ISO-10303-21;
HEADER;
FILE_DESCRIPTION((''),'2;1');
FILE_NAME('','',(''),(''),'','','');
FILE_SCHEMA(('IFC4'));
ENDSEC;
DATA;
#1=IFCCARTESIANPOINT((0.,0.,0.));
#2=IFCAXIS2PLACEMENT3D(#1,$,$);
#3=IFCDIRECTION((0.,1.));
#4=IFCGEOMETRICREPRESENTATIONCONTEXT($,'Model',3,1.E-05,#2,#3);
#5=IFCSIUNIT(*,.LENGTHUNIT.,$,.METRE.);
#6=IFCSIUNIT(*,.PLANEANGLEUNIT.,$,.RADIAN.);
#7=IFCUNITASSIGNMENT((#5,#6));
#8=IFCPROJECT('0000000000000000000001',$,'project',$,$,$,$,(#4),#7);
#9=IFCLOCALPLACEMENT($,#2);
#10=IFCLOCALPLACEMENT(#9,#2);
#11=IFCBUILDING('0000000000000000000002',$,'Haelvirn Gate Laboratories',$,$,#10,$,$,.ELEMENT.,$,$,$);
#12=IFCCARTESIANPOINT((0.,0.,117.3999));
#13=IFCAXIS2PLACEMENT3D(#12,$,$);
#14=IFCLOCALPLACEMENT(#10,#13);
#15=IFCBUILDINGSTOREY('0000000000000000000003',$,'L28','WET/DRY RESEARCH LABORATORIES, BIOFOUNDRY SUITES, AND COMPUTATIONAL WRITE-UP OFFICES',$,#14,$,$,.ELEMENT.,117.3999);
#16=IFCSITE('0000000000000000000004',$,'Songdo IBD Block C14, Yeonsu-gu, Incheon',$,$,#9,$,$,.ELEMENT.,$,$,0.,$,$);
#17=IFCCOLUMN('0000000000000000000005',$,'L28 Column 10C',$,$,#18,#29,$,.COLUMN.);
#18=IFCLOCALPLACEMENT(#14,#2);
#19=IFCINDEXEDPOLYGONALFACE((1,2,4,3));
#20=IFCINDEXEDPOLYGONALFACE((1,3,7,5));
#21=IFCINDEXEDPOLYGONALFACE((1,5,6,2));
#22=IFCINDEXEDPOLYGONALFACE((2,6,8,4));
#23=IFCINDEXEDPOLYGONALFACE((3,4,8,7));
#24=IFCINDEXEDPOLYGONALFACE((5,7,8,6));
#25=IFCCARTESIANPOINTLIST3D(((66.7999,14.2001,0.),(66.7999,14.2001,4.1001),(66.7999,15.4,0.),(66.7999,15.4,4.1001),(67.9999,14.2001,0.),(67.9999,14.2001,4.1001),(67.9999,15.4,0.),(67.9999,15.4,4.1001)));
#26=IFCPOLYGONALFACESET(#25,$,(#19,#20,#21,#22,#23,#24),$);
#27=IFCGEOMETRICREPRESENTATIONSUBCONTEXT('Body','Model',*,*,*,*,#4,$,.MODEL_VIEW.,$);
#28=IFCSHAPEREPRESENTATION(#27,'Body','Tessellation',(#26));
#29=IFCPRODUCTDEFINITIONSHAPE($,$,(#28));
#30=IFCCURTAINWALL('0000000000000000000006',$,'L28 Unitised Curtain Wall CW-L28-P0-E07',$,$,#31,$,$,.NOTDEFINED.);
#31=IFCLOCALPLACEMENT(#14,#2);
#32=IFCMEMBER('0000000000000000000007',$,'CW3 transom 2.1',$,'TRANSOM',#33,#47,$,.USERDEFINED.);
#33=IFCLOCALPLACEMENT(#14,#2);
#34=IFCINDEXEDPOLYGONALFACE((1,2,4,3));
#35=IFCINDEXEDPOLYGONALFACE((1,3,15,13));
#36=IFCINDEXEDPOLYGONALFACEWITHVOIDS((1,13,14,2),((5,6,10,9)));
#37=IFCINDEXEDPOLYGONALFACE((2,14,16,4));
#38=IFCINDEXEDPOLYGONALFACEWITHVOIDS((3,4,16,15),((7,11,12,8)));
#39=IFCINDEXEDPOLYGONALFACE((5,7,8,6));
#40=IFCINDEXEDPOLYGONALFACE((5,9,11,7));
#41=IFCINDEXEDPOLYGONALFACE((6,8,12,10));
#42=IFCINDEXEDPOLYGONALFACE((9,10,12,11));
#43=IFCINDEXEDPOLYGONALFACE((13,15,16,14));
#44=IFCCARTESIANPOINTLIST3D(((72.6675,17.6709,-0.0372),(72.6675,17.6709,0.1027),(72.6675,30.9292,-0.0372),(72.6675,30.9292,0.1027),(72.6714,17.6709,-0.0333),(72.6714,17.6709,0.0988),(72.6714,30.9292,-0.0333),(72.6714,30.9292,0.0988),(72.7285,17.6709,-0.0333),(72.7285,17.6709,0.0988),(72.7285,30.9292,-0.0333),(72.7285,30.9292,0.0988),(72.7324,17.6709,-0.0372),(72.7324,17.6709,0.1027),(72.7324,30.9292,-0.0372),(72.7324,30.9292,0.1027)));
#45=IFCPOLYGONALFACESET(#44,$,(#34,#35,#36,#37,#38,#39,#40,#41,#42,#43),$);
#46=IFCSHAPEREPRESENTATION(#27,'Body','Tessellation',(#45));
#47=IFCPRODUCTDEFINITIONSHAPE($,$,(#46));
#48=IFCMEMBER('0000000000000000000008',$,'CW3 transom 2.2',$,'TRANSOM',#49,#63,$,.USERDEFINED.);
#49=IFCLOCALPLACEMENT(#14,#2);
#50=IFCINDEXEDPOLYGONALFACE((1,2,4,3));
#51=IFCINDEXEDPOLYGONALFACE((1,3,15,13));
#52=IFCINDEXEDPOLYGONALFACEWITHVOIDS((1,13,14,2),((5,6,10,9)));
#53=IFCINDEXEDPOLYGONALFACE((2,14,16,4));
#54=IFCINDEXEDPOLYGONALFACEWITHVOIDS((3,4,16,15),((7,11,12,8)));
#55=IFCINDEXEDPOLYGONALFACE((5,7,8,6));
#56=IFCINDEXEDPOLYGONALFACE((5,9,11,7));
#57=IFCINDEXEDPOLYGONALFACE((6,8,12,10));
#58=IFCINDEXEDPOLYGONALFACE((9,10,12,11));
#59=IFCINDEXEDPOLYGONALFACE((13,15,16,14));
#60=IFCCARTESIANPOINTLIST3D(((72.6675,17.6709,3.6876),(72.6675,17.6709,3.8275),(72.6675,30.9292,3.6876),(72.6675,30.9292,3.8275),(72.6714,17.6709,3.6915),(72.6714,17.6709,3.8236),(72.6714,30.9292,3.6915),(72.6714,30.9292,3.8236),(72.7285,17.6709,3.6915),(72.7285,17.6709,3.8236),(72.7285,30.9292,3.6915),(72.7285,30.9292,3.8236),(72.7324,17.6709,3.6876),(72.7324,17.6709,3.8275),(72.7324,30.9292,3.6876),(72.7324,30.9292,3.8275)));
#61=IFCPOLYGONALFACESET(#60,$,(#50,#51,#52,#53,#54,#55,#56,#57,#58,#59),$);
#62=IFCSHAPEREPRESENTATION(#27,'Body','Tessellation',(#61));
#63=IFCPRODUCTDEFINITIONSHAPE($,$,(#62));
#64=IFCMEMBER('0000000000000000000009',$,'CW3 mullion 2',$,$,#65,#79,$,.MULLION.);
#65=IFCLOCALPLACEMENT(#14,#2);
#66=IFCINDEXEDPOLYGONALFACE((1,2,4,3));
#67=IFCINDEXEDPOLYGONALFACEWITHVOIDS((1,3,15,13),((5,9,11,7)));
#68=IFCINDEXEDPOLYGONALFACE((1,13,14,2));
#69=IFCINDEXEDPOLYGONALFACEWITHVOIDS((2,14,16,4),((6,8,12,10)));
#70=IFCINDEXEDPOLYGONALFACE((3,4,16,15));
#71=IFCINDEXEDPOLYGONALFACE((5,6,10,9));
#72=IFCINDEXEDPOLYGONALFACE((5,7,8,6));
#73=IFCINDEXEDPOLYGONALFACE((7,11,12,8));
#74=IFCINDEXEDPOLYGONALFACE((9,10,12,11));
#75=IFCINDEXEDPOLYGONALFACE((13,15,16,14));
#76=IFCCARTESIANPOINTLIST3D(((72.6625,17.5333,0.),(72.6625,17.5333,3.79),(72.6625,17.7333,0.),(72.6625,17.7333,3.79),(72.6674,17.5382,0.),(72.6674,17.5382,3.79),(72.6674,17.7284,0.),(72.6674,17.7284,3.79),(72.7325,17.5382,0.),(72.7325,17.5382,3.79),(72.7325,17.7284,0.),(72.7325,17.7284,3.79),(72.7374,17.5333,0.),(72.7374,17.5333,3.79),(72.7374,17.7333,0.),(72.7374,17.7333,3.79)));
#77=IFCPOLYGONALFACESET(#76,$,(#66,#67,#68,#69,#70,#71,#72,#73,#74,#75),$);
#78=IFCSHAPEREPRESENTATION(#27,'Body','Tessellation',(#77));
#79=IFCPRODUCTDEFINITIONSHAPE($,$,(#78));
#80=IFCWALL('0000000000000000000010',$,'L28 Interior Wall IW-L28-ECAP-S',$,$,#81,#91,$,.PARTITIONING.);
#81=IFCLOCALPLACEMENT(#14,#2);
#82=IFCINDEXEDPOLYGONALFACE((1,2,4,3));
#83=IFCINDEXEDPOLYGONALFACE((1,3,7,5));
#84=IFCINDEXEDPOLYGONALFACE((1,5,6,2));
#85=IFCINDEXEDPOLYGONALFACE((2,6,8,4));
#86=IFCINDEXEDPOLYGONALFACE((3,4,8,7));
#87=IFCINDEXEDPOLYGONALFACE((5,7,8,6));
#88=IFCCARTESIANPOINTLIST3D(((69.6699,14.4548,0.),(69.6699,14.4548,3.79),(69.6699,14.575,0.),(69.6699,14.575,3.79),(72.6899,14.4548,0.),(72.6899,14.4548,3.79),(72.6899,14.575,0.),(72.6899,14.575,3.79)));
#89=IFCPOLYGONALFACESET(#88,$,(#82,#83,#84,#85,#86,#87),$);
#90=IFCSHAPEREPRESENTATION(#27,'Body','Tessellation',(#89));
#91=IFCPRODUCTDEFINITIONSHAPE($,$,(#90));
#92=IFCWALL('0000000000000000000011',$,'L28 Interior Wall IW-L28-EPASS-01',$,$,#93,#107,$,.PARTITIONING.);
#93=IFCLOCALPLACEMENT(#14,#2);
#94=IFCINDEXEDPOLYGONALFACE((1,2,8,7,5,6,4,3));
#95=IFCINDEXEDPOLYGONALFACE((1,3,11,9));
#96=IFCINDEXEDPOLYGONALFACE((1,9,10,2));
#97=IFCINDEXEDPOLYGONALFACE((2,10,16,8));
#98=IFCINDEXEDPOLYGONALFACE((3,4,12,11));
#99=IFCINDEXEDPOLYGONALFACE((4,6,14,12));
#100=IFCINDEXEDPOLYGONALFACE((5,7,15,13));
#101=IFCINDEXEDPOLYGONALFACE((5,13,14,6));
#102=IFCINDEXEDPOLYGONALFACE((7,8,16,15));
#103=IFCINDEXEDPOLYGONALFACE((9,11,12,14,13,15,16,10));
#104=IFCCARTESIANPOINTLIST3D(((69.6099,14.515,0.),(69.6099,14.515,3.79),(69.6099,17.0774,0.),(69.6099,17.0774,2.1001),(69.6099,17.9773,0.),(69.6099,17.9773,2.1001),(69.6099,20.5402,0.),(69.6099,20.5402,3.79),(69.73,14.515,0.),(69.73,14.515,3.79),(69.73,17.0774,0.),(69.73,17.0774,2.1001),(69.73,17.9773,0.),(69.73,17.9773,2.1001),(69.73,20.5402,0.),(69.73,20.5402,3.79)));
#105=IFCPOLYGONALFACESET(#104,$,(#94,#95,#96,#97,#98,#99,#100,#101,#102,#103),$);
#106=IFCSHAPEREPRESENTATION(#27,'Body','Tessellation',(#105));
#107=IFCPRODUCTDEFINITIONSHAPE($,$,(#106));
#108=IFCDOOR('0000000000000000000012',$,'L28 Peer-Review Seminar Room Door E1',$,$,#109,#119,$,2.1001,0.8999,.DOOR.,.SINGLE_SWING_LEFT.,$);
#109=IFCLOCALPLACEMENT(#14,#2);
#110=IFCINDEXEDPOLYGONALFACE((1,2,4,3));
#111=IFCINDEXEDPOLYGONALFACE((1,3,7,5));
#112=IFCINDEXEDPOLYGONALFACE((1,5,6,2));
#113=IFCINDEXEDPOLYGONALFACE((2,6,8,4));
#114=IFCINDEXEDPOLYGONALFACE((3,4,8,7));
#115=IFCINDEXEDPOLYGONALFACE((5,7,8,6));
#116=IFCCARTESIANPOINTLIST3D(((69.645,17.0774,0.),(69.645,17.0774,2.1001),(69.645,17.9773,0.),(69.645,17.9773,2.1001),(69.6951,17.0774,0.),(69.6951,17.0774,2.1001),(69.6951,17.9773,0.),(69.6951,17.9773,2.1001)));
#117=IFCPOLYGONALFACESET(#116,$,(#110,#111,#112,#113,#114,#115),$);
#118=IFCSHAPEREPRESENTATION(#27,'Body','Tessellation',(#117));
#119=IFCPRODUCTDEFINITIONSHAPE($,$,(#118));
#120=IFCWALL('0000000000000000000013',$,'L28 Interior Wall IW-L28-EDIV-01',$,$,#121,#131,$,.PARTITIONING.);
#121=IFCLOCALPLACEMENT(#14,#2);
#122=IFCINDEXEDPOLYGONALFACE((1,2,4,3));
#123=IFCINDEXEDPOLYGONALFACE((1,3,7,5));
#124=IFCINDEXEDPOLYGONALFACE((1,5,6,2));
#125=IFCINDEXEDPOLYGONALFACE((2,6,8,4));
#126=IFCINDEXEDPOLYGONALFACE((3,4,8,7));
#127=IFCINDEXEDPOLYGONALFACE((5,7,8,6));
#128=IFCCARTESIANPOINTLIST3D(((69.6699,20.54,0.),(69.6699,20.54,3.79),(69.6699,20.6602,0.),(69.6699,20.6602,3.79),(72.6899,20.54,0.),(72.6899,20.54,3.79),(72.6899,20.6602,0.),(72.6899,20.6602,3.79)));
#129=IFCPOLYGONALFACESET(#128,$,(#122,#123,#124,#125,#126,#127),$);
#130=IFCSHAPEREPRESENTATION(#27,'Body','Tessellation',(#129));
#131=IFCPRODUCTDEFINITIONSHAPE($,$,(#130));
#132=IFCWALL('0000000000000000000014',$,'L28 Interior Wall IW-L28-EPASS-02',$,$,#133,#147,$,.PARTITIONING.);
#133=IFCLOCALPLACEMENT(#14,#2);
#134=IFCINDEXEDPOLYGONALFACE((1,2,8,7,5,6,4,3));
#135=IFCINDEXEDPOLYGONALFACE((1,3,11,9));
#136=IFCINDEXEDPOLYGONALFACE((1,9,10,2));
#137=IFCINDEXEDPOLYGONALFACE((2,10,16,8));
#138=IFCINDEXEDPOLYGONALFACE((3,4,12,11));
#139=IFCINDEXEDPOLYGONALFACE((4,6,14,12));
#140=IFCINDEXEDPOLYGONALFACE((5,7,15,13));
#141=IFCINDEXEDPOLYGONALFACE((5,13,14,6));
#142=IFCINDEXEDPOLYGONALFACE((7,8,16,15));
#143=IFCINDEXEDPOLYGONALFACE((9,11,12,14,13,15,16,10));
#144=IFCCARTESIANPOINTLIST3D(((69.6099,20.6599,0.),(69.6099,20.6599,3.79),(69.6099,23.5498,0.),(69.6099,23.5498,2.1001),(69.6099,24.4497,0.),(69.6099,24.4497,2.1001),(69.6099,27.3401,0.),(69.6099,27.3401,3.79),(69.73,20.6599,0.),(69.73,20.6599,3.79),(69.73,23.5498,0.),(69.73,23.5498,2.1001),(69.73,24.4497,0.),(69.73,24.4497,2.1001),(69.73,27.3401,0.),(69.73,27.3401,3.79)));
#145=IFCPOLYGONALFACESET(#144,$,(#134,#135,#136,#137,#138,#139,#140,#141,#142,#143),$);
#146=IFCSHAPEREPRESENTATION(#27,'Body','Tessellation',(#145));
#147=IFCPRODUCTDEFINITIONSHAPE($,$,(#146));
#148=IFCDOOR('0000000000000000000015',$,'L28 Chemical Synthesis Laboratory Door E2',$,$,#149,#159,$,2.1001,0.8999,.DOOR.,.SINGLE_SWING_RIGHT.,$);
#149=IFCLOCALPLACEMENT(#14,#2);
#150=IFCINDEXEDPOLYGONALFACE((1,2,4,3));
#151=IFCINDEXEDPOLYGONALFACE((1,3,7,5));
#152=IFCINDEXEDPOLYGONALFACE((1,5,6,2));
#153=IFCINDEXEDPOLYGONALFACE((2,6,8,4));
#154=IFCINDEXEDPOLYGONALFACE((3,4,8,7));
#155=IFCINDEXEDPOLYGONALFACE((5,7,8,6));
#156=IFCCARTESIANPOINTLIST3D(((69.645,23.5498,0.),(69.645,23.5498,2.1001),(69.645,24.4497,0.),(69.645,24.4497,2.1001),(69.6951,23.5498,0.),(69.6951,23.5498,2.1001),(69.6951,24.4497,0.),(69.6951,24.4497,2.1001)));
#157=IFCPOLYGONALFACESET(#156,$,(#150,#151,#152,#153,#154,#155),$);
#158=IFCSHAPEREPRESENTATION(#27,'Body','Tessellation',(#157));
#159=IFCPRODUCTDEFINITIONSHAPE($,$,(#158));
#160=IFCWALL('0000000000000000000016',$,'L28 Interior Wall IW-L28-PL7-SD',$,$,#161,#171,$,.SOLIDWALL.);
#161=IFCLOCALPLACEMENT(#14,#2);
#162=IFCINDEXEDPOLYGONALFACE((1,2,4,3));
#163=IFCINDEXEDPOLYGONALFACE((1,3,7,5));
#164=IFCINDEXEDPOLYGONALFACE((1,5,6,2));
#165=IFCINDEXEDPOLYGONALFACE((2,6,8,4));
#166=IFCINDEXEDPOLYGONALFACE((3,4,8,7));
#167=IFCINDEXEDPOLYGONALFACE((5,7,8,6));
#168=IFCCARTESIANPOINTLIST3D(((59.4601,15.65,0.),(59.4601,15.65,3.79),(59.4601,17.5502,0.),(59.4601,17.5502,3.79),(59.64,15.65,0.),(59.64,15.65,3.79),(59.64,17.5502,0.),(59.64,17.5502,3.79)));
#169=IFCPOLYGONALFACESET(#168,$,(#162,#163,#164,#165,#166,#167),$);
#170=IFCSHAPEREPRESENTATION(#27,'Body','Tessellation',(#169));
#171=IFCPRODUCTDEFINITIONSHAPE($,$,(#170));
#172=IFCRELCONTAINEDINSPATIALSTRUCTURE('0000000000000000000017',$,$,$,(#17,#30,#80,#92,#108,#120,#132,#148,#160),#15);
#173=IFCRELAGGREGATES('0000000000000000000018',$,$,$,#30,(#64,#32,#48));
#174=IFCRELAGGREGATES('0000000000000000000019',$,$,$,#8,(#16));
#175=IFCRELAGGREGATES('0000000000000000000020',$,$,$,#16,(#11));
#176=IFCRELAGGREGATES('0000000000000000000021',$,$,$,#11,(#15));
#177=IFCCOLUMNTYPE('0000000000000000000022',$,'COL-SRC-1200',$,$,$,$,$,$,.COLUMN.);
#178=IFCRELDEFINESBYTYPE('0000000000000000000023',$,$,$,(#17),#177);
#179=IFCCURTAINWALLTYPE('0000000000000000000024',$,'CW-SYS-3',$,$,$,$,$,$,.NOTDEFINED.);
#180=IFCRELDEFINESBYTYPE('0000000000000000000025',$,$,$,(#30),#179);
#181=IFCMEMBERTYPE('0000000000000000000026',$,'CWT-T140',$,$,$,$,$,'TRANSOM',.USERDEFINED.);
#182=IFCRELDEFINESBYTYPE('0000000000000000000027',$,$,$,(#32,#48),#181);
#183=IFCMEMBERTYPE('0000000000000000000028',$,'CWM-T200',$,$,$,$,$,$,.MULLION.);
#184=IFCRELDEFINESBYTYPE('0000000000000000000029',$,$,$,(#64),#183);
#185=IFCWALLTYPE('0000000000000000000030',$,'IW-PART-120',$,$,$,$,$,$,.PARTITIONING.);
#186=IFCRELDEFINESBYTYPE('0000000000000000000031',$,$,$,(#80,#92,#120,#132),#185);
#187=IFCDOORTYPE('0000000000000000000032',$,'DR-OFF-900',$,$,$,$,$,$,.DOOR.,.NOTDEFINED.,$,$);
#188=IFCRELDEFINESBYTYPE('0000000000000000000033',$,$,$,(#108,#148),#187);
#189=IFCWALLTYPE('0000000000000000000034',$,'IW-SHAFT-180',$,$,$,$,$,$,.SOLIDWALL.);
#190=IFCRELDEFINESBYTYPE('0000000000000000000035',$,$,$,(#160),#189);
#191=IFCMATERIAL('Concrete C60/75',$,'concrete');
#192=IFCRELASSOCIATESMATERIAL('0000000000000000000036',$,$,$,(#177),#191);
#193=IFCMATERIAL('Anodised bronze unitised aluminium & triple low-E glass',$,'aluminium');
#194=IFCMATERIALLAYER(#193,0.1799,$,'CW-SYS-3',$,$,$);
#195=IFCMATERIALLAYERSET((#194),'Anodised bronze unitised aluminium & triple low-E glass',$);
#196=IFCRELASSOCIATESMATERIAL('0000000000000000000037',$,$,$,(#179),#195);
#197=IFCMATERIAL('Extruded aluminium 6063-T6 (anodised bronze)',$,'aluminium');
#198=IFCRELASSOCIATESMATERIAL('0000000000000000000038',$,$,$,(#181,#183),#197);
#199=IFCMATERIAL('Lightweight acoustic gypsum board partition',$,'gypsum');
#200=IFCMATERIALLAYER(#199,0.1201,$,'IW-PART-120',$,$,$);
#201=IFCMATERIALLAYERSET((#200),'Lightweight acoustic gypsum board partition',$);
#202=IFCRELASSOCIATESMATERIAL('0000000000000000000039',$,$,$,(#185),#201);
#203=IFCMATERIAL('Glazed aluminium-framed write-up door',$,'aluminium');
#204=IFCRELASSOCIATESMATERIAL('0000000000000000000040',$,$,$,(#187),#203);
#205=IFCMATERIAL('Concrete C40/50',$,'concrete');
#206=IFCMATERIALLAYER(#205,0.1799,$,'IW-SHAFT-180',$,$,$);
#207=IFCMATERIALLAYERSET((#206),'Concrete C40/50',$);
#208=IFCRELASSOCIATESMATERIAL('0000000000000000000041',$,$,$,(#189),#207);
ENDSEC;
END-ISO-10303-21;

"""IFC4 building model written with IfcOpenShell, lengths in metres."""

from ifc_helpers import new_model, si_unit, direction, frame, frame_2d, origin, origin_2d, place, context, subcontext, project, spatial, rectangle, hollow_rectangle, extrude, source, transform, mapped, material, layer, layer_set, material_profile, profile_set, type_object, type_shapes, element, fill, aggregate, save


model = new_model("IFC4")

# Units and contexts
model_context = context("Model", 3, precision=1e-05, world=origin(), true_north=direction((0.0, 1.0)))
body_context = subcontext(model_context, "Body", "Model", "MODEL_VIEW")
ifc_project = project(units=[si_unit("LENGTHUNIT", "METRE"), si_unit("PLANEANGLEUNIT", "RADIAN")], contexts=[model_context])

# Site, building, storey
site_placement = place(None, origin())
site = spatial("IfcSite", under=ifc_project, at=site_placement, Name="Songdo IBD Block C14, Yeonsu-gu, Incheon", CompositionType="ELEMENT", RefElevation=0.0)
building_placement = place(site_placement, origin())
building = spatial("IfcBuilding", under=site, at=building_placement, Name="Haelvirn Gate Laboratories", CompositionType="ELEMENT")
storey_placement = place(building_placement, frame((0.0, 0.0, 117.3999)))
storey = spatial("IfcBuildingStorey", under=building, at=storey_placement, Name="L28", Description="WET/DRY RESEARCH LABORATORIES, BIOFOUNDRY SUITES, AND COMPUTATIONAL WRITE-UP OFFICES", CompositionType="ELEMENT", Elevation=117.3999)

# Column
ifc_material_1 = material(Name="Concrete C60/75", Category="concrete")
ifc_material_profile_1 = material_profile(ifc_material_1, rectangle(XDim=1.2, YDim=1.2, at=origin_2d()), Name="SRC-1200x1200")
ifc_profile_set_1 = profile_set([ifc_material_profile_1], Name="Concrete C60/75")
column_type = type_object("IfcColumnType", Name="COL-SRC-1200", PredefinedType="COLUMN", material=ifc_profile_set_1)
shared_shape_1 = source(origin(), body_context, "Body", "SweptSolid", [
    extrude(rectangle(XDim=1.2, YDim=1.2, at=origin_2d()), origin(), (0.0, 0.0, 1.0), 4.1001),
])
type_shapes(column_type, [shared_shape_1])
column_placement = place(storey_placement, frame((67.3999, 14.8, 0.0), z_axis=(0.0, 0.0, 1.0), x_axis=(1.0, 0.0, 0.0)))
element("IfcColumn", 1, at=column_placement, inside=storey, type_object=column_type, Name="L28 Column 10C", PredefinedType="COLUMN", context=body_context, shape_type="MappedRepresentation", body=[
    mapped(shared_shape_1, transform((0.0, 0.0, 0.0), scale=1.0)),
])

# Curtain wall, members
ifc_material_2 = material(Name="Anodised bronze unitised aluminium & triple low-E glass", Category="aluminium")
ifc_layer_1 = layer(ifc_material_2, 0.1799, Name="CW-SYS-3")
ifc_layer_set_1 = layer_set([ifc_layer_1], Name="Anodised bronze unitised aluminium & triple low-E glass")
curtain_wall_type = type_object("IfcCurtainWallType", Name="CW-SYS-3", PredefinedType="NOTDEFINED", material=ifc_layer_set_1)
curtain_wall_placement = place(storey_placement, origin())
curtain_wall = element("IfcCurtainWall", 2, at=curtain_wall_placement, inside=storey, type_object=curtain_wall_type, Name="L28 Unitised Curtain Wall CW-L28-P0-E07", PredefinedType="NOTDEFINED")
ifc_material_3 = material(Name="Extruded aluminium 6063-T6 (anodised bronze)", Category="aluminium")
ifc_material_profile_2 = material_profile(ifc_material_3, hollow_rectangle(XDim=0.0649, YDim=0.1399, WallThickness=0.0039, at=origin_2d()), Name="CWT-140x65x4")
ifc_profile_set_2 = profile_set([ifc_material_profile_2], Name="Extruded aluminium 6063-T6 (anodised bronze)")
member_type_1 = type_object("IfcMemberType", Name="CWT-T140", ElementType="TRANSOM", PredefinedType="USERDEFINED", material=ifc_profile_set_2)
shared_shape_2 = source(origin(), body_context, "Body", "SweptSolid", [
    extrude(hollow_rectangle(XDim=0.0649, YDim=0.1399, WallThickness=0.0039, at=origin_2d()), origin(), (0.0, 0.0, 1.0), 13.2583),
])
type_shapes(member_type_1, [shared_shape_2])
member_1_placement = place(storey_placement, frame((72.7, 17.6709, 0.0327), z_axis=(0.0, 1.0, 0.0), x_axis=(-1.0, 0.0, 0.0)))
member_1 = element("IfcMember", 3, at=member_1_placement, type_object=member_type_1, Name="CW3 transom 2.1", ObjectType="TRANSOM", PredefinedType="USERDEFINED", context=body_context, shape_type="MappedRepresentation", body=[
    mapped(shared_shape_2, transform((0.0, 0.0, 0.0), scale=1.0)),
])
member_2_placement = place(storey_placement, frame((72.7, 17.6709, 3.7576), z_axis=(0.0, 1.0, 0.0), x_axis=(-1.0, 0.0, 0.0)))
member_2 = element("IfcMember", 4, at=member_2_placement, type_object=member_type_1, Name="CW3 transom 2.2", ObjectType="TRANSOM", PredefinedType="USERDEFINED", context=body_context, shape_type="MappedRepresentation", body=[
    mapped(shared_shape_2, transform((0.0, 0.0, 0.0), scale=1.0)),
])
ifc_material_profile_3 = material_profile(ifc_material_3, hollow_rectangle(XDim=0.075, YDim=0.2, WallThickness=0.0049, at=origin_2d()), Name="CWM-200x75x5")
ifc_profile_set_3 = profile_set([ifc_material_profile_3], Name="Extruded aluminium 6063-T6 (anodised bronze)")
member_type_2 = type_object("IfcMemberType", Name="CWM-T200", PredefinedType="MULLION", material=ifc_profile_set_3)
shared_shape_3 = source(origin(), body_context, "Body", "SweptSolid", [
    extrude(hollow_rectangle(XDim=0.075, YDim=0.2, WallThickness=0.0049, at=origin_2d()), origin(), (0.0, 0.0, 1.0), 3.79),
])
type_shapes(member_type_2, [shared_shape_3])
member_3_placement = place(storey_placement, frame((72.7, 17.6333, 0.0), z_axis=(0.0, 0.0, 1.0), x_axis=(-1.0, 0.0, 0.0)))
member_3 = element("IfcMember", 5, at=member_3_placement, type_object=member_type_2, Name="CW3 mullion 2", PredefinedType="MULLION", context=body_context, shape_type="MappedRepresentation", body=[
    mapped(shared_shape_3, transform((0.0, 0.0, 0.0), scale=1.0)),
])
aggregate(curtain_wall, [member_3, member_1, member_2])

# Wall
ifc_material_4 = material(Name="Lightweight acoustic gypsum board partition", Category="gypsum")
ifc_layer_2 = layer(ifc_material_4, 0.1201, Name="IW-PART-120")
ifc_layer_set_2 = layer_set([ifc_layer_2], Name="Lightweight acoustic gypsum board partition")
wall_type_1 = type_object("IfcWallType", Name="IW-PART-120", PredefinedType="PARTITIONING", material=ifc_layer_set_2)
wall_1_placement = place(storey_placement, frame((69.6699, 14.5149, 0.0), z_axis=(0.0, 0.0, 1.0), x_axis=(1.0, 0.0, 0.0)))
element("IfcWall", 6, at=wall_1_placement, inside=storey, type_object=wall_type_1, Name="L28 Interior Wall IW-L28-ECAP-S", PredefinedType="PARTITIONING", context=body_context, shape_type="SweptSolid", body=[
    extrude(rectangle(XDim=3.02, YDim=0.1201, at=frame_2d((1.51, 0.0))), origin(), (0.0, 0.0, 1.0), 3.79),
])

# Wall, opening, door
wall_2_placement = place(storey_placement, frame((69.6699, 14.5149, 0.0), z_axis=(0.0, 0.0, 1.0), x_axis=(0.0, 1.0, 0.0)))
wall_2 = element("IfcWall", 7, at=wall_2_placement, inside=storey, type_object=wall_type_1, Name="L28 Interior Wall IW-L28-EPASS-01", PredefinedType="PARTITIONING", context=body_context, shape_type="SweptSolid", body=[
    extrude(rectangle(XDim=6.0251, YDim=0.1201, at=frame_2d((3.0127, 0.0))), origin(), (0.0, 0.0, 1.0), 3.79),
])
opening_1_placement = place(wall_2_placement, frame((2.5625, 0.0, 0.0)))
opening_1 = element("IfcOpeningElement", 8, at=opening_1_placement, cuts=wall_2, PredefinedType="OPENING", context=body_context, shape_type="SweptSolid", body=[
    extrude(rectangle(XDim=0.8999, YDim=2.1001, at=frame_2d((0.45, 1.05))), frame((0.0, 0.0701, 0.0), z_axis=(0.0, -1.0, 0.0), x_axis=(1.0, 0.0, 0.0)), (0.0, 0.0, 1.0), 0.1401),
])
ifc_material_5 = material(Name="Glazed aluminium-framed write-up door", Category="aluminium")
door_type_1 = type_object("IfcDoorType", Name="DR-OFF-900", OperationType="NOTDEFINED", PredefinedType="DOOR", material=ifc_material_5)
shared_shape_4 = source(origin(), body_context, "Body", "SweptSolid", [
    extrude(rectangle(XDim=0.8999, YDim=2.1001, at=frame_2d((0.45, 1.05))), frame((0.0, 0.0249, 0.0), z_axis=(0.0, -1.0, 0.0), x_axis=(1.0, 0.0, 0.0)), (0.0, 0.0, 1.0), 0.05),
])
type_shapes(door_type_1, [shared_shape_4])
door_1_placement = place(opening_1_placement, origin())
door_1 = element("IfcDoor", 9, at=door_1_placement, inside=storey, type_object=door_type_1, Name="L28 Peer-Review Seminar Room Door E1", OperationType="SINGLE_SWING_LEFT", OverallHeight=2.1001, OverallWidth=0.8999, PredefinedType="DOOR", context=body_context, shape_type="MappedRepresentation", body=[
    mapped(shared_shape_4, transform((0.0, 0.0, 0.0), scale=1.0)),
])
fill(opening_1, door_1)

# Wall
wall_3_placement = place(storey_placement, frame((69.6699, 20.6001, 0.0), z_axis=(0.0, 0.0, 1.0), x_axis=(1.0, 0.0, 0.0)))
element("IfcWall", 10, at=wall_3_placement, inside=storey, type_object=wall_type_1, Name="L28 Interior Wall IW-L28-EDIV-01", PredefinedType="PARTITIONING", context=body_context, shape_type="SweptSolid", body=[
    extrude(rectangle(XDim=3.02, YDim=0.1201, at=frame_2d((1.51, 0.0))), origin(), (0.0, 0.0, 1.0), 3.79),
])

# Wall, opening, door
wall_4_placement = place(storey_placement, frame((69.6699, 20.6599, 0.0), z_axis=(0.0, 0.0, 1.0), x_axis=(0.0, 1.0, 0.0)))
wall_4 = element("IfcWall", 11, at=wall_4_placement, inside=storey, type_object=wall_type_1, Name="L28 Interior Wall IW-L28-EPASS-02", PredefinedType="PARTITIONING", context=body_context, shape_type="SweptSolid", body=[
    extrude(rectangle(XDim=6.6802, YDim=0.1201, at=frame_2d((3.3401, 0.0))), origin(), (0.0, 0.0, 1.0), 3.79),
])
opening_2_placement = place(wall_4_placement, frame((2.8899, 0.0, 0.0)))
opening_2 = element("IfcOpeningElement", 12, at=opening_2_placement, cuts=wall_4, PredefinedType="OPENING", context=body_context, shape_type="SweptSolid", body=[
    extrude(rectangle(XDim=0.8999, YDim=2.1001, at=frame_2d((0.45, 1.05))), frame((0.0, 0.0701, 0.0), z_axis=(0.0, -1.0, 0.0), x_axis=(1.0, 0.0, 0.0)), (0.0, 0.0, 1.0), 0.1401),
])
door_2_placement = place(opening_2_placement, origin())
door_2 = element("IfcDoor", 13, at=door_2_placement, inside=storey, type_object=door_type_1, Name="L28 Chemical Synthesis Laboratory Door E2", OperationType="SINGLE_SWING_RIGHT", OverallHeight=2.1001, OverallWidth=0.8999, PredefinedType="DOOR", context=body_context, shape_type="MappedRepresentation", body=[
    mapped(shared_shape_4, transform((0.0, 0.0, 0.0), scale=1.0)),
])
fill(opening_2, door_2)

# Wall
ifc_material_6 = material(Name="Concrete C40/50", Category="concrete")
ifc_layer_3 = layer(ifc_material_6, 0.1799, Name="IW-SHAFT-180")
ifc_layer_set_3 = layer_set([ifc_layer_3], Name="Concrete C40/50")
wall_type_2 = type_object("IfcWallType", Name="IW-SHAFT-180", PredefinedType="SOLIDWALL", material=ifc_layer_set_3)
for number, where, z_axis, x_axis, name in (
    (14, (59.55, 15.6499, 0.0), (0.0, 0.0, 1.0), (0.0, 1.0, 0.0), "L28 Interior Wall IW-L28-PL7-SD"),
):
    element("IfcWall", number, at=place(storey_placement, frame(where, z_axis=z_axis, x_axis=x_axis)), inside=storey, type_object=wall_type_2, Name=name, PredefinedType="SOLIDWALL", context=body_context, shape_type="SweptSolid", body=[
        extrude(rectangle(XDim=1.9001, YDim=0.1799, at=frame_2d((0.9502, 0.0))), origin(), (0.0, 0.0, 1.0), 3.79),
    ])

save(model, "model.ifc")
